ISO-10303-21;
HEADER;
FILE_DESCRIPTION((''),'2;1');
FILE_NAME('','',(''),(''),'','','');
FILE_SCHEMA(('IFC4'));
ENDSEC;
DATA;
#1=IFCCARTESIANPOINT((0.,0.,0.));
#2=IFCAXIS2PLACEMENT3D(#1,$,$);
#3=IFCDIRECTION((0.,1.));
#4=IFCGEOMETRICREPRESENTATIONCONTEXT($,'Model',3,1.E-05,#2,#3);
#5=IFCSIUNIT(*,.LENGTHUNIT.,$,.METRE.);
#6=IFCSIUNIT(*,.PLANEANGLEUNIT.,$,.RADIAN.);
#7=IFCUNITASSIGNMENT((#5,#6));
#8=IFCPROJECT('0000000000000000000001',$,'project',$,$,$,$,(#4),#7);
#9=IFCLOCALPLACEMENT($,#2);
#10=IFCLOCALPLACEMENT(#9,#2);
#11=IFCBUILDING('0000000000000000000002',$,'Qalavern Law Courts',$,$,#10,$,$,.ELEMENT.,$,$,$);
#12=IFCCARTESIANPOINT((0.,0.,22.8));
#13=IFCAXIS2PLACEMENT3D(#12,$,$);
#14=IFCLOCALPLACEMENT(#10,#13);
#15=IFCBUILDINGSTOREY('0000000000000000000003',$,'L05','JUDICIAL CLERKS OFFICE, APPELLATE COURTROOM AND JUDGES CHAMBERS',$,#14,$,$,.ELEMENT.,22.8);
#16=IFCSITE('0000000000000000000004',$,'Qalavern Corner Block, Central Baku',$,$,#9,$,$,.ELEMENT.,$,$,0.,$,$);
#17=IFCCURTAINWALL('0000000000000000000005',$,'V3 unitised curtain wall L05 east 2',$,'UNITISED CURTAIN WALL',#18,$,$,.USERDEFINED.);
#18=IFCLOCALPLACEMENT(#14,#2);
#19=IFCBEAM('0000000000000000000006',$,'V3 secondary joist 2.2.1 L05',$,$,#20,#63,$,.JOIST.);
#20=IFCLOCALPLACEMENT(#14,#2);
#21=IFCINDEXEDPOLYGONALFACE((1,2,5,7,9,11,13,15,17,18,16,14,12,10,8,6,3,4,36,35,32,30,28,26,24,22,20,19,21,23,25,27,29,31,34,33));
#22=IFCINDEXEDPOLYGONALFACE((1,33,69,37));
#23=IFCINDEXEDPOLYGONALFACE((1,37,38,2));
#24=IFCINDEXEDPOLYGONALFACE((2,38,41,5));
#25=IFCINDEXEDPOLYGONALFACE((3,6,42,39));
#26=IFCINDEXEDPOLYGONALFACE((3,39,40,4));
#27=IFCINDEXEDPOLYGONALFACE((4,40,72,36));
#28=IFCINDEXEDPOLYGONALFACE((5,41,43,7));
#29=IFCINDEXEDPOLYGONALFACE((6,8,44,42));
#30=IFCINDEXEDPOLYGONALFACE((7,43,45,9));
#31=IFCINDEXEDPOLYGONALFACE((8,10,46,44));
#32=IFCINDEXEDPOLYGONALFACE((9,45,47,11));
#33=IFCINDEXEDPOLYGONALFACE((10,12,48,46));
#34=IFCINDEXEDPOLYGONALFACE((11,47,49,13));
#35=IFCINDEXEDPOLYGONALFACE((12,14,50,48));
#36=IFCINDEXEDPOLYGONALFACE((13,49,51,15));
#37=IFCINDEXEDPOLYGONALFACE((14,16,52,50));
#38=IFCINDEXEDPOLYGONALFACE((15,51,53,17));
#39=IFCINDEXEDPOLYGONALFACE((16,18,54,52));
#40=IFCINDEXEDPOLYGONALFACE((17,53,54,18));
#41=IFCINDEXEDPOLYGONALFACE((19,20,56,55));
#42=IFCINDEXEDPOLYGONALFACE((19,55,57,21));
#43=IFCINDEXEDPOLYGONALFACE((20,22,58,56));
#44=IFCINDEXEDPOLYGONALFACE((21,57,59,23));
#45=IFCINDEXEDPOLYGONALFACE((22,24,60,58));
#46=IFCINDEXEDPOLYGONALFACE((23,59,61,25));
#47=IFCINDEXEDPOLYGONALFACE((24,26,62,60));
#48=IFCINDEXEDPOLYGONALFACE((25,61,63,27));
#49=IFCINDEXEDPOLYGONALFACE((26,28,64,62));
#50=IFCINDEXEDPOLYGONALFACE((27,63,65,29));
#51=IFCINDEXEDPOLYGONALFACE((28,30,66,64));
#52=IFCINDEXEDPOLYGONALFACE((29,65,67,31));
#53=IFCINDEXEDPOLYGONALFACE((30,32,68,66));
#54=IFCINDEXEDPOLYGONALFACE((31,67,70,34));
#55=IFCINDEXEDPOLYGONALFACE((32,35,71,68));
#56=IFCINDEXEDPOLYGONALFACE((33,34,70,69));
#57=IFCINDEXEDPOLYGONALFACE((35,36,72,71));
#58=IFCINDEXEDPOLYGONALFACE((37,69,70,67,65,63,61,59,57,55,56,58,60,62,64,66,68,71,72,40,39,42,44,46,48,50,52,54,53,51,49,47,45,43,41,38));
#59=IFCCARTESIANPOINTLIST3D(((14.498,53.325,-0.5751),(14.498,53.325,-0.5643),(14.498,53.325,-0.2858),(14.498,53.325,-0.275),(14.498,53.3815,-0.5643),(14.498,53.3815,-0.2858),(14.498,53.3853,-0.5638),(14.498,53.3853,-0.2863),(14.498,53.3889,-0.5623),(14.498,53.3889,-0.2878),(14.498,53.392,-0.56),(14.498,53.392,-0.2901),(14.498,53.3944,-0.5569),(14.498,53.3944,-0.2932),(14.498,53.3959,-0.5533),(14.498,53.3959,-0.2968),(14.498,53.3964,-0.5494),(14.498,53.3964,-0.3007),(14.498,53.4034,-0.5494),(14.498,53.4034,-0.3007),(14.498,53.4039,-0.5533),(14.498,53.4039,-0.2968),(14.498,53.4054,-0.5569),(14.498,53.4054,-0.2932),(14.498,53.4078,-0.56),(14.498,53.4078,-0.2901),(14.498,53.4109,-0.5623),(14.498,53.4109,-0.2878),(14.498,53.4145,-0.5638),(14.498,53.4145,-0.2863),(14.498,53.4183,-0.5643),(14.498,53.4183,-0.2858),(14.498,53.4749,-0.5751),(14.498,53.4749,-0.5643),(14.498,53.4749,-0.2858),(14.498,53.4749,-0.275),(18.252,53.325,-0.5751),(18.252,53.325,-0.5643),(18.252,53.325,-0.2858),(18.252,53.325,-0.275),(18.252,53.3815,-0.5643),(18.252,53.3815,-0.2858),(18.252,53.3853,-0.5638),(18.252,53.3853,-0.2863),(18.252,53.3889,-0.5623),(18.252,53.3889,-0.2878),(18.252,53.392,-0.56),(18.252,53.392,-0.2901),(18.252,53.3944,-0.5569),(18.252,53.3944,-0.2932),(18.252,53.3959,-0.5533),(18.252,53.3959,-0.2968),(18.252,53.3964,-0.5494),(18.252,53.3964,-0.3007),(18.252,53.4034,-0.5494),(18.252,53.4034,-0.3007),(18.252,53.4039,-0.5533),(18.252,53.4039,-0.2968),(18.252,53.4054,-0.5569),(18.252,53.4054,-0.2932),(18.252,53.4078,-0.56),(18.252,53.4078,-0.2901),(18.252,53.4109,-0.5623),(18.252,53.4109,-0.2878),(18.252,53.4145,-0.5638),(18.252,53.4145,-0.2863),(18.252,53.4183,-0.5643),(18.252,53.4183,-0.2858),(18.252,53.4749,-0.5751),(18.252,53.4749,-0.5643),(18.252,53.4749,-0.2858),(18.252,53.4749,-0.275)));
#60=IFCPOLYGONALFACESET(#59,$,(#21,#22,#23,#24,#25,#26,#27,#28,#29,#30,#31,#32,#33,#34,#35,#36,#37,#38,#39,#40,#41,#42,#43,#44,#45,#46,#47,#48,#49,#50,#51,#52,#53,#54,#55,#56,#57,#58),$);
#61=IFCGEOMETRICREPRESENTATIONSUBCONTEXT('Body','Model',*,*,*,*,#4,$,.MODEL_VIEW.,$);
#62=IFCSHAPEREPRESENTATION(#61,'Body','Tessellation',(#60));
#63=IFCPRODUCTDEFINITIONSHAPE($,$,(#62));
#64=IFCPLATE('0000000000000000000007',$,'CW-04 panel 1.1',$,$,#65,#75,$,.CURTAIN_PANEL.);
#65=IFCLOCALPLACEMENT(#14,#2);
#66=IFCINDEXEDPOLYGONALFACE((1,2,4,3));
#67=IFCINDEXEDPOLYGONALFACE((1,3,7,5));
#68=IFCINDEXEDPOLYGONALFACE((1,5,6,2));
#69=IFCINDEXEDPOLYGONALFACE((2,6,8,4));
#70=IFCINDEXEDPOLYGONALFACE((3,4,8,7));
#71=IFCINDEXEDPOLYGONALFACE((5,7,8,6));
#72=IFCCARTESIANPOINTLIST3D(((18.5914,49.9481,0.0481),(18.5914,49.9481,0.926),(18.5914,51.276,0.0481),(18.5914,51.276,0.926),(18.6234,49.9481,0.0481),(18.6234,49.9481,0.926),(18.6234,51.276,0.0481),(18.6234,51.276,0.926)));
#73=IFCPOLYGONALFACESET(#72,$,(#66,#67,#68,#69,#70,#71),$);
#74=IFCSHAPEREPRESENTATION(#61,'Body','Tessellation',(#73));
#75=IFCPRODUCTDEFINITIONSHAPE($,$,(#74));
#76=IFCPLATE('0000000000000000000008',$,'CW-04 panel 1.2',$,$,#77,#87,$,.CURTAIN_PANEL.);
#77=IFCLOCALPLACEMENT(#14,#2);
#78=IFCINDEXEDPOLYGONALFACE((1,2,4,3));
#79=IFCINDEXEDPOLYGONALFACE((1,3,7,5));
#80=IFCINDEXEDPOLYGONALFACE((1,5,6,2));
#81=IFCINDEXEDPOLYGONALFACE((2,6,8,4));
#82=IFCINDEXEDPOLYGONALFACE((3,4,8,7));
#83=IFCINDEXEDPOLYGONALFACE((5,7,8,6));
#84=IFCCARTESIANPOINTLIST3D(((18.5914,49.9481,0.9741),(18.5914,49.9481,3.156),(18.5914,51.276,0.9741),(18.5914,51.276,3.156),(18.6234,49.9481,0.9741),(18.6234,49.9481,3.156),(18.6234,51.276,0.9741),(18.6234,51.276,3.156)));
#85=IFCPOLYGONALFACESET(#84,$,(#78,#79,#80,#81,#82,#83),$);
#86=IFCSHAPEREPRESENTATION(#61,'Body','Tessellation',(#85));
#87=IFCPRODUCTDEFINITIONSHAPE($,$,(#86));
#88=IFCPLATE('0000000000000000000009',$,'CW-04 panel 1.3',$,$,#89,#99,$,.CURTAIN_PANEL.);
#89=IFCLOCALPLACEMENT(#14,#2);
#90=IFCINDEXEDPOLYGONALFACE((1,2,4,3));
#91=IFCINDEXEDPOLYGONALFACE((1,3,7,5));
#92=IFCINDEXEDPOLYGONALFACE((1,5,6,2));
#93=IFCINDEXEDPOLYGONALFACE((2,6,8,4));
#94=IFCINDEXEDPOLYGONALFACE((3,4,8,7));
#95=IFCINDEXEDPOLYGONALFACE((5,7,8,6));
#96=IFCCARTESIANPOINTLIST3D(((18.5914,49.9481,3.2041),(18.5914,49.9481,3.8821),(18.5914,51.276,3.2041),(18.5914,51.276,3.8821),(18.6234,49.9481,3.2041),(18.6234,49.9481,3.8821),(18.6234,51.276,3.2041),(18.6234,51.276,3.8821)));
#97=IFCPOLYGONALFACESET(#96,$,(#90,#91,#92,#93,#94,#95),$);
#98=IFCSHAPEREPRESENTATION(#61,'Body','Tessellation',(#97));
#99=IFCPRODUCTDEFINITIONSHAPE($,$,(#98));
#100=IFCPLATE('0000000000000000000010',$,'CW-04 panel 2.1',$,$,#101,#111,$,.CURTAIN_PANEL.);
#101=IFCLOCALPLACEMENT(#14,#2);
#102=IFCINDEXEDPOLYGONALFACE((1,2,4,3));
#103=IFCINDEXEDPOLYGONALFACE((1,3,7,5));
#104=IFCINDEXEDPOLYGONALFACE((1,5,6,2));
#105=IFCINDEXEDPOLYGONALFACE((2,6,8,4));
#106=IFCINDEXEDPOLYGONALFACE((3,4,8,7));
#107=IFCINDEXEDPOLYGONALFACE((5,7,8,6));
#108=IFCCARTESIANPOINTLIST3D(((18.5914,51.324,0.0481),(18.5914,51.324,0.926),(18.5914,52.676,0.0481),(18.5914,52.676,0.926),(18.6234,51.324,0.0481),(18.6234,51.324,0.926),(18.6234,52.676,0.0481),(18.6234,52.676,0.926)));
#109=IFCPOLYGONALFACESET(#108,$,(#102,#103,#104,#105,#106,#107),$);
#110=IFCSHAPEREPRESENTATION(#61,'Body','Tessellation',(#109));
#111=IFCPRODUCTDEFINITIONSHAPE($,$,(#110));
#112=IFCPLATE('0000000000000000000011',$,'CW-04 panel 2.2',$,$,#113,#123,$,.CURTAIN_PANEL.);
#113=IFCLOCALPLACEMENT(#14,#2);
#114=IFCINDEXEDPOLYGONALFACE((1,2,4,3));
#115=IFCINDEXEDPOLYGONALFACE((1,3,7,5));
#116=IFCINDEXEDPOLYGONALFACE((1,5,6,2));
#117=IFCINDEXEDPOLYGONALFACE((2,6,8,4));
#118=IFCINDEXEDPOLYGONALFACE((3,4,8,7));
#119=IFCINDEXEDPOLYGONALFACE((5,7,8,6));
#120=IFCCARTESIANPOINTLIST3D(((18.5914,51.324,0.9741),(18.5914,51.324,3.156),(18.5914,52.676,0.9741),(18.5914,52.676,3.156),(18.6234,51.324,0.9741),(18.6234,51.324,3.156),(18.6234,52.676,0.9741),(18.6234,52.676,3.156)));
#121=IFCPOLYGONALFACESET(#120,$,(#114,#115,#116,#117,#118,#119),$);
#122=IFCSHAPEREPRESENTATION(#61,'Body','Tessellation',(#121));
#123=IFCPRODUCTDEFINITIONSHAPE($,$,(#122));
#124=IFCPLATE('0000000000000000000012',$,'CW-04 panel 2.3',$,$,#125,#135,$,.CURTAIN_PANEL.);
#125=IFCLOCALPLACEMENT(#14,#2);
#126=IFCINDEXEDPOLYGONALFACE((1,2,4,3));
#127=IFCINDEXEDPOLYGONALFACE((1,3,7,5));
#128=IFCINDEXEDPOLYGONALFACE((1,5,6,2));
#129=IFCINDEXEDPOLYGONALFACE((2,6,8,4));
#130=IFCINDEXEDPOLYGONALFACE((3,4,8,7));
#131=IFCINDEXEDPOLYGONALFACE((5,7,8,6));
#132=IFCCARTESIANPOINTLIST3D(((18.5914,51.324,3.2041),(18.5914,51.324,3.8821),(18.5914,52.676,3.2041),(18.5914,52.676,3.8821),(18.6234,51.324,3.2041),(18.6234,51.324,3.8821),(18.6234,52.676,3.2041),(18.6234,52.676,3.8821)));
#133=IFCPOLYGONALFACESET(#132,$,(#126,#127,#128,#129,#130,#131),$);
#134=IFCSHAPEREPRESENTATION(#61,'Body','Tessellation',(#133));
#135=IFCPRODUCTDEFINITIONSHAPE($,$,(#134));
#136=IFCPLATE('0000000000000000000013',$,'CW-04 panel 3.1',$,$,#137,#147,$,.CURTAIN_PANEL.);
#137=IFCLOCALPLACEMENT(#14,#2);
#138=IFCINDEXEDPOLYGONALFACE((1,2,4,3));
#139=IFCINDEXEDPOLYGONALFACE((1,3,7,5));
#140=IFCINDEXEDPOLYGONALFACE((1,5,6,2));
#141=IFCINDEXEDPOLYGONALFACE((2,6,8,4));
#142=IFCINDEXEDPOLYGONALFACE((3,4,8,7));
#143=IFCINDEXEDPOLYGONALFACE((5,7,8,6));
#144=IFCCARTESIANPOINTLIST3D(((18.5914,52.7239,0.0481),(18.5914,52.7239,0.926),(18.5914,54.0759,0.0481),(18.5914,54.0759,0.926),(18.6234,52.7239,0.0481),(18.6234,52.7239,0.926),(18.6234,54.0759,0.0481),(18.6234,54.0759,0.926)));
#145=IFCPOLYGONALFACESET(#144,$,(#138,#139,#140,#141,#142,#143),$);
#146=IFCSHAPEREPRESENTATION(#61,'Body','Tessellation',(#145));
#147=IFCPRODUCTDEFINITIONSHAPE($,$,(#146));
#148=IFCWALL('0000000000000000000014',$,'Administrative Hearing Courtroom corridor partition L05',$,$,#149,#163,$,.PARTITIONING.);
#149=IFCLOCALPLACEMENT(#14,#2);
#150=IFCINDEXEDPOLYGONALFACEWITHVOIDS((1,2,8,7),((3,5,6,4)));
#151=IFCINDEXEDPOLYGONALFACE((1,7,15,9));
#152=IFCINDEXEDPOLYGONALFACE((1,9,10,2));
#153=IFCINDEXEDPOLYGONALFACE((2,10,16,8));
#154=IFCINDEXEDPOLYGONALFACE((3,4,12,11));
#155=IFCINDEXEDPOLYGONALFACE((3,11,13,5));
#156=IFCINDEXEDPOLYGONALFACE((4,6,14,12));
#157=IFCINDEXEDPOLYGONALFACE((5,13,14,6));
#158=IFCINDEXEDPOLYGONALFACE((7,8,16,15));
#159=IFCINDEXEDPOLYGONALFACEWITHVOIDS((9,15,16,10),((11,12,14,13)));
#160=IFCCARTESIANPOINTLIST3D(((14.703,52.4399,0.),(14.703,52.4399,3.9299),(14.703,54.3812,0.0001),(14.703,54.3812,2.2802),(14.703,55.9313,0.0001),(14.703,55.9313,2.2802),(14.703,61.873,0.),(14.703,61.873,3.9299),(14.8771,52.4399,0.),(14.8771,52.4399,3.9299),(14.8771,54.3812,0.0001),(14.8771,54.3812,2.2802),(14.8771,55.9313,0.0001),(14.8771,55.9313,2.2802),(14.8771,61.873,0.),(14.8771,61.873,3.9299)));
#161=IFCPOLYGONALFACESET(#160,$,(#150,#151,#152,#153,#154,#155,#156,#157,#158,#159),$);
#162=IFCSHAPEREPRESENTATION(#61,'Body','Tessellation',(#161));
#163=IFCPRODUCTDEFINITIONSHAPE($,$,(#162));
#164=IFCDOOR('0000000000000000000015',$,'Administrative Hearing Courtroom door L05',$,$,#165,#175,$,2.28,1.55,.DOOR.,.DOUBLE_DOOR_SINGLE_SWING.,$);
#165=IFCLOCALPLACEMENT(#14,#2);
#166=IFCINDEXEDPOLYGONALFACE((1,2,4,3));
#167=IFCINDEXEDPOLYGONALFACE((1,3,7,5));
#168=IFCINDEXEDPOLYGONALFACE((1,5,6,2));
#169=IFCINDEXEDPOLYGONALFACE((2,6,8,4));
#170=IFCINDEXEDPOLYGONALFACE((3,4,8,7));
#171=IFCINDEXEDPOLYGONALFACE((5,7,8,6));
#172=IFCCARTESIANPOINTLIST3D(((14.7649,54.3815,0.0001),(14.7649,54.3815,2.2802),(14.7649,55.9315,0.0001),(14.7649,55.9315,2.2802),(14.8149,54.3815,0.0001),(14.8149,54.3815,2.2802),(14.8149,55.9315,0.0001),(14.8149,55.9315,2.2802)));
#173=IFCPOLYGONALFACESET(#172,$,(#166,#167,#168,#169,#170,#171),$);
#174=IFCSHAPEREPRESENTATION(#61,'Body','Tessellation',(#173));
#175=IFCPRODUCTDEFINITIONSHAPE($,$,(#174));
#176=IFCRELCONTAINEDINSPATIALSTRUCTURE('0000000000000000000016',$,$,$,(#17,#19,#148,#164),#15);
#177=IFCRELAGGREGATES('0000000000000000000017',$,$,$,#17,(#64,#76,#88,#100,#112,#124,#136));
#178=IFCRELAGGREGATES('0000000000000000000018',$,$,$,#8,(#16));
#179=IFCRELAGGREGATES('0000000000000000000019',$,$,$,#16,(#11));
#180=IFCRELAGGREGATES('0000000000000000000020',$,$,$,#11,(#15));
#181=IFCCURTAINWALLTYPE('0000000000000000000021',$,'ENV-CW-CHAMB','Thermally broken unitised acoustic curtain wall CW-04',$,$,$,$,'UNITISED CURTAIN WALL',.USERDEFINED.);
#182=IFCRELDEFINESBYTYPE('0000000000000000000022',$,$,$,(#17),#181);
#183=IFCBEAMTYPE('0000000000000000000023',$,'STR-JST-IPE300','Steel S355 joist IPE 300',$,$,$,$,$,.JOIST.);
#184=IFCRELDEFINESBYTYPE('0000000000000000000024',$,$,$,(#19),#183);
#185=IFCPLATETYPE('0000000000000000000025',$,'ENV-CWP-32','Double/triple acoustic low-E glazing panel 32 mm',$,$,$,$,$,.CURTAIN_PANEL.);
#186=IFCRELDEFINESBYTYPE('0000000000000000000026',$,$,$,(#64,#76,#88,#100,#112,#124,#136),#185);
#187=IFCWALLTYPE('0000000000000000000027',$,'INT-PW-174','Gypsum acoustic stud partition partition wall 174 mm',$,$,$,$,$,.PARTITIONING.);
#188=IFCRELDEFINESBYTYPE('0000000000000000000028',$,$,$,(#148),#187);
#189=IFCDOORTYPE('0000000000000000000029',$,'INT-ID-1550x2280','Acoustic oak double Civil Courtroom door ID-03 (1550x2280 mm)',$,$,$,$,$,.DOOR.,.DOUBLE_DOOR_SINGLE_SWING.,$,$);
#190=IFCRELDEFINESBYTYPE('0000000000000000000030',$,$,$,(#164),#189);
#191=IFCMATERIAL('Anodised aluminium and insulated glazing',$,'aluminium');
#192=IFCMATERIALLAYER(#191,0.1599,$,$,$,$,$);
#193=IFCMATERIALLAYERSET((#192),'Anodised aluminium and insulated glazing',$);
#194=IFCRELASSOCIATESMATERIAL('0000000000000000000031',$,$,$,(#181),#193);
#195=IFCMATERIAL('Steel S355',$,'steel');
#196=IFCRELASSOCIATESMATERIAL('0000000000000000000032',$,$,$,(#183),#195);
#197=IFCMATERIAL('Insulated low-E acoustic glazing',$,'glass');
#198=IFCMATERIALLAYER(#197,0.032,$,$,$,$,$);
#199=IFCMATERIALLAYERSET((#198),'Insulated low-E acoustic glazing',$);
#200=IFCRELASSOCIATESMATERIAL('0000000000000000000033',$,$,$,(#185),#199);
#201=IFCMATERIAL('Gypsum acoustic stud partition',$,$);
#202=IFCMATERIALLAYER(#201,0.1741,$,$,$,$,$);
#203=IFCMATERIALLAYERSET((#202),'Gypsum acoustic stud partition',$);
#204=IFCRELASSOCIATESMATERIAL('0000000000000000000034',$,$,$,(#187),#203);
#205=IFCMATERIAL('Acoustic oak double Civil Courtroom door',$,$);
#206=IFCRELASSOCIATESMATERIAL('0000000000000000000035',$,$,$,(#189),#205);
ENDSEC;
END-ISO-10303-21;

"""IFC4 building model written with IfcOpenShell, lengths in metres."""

from ifc_helpers import new_model, si_unit, direction, frame, frame_2d, origin, origin_2d, place, context, subcontext, project, spatial, rectangle, i_section, extrude, material, layer, layer_set, material_profile, profile_set, type_object, element, fill, aggregate, save


model = new_model("IFC4")

# Units and contexts
model_context = context("Model", 3, precision=1e-05, world=origin(), true_north=direction((0.0, 1.0)))
body_context = subcontext(model_context, "Body", "Model", "MODEL_VIEW")
ifc_project = project(units=[si_unit("LENGTHUNIT", "METRE"), si_unit("PLANEANGLEUNIT", "RADIAN")], contexts=[model_context])

# Site, building, storey
site_placement = place(None, origin())
site = spatial("IfcSite", under=ifc_project, at=site_placement, Name="Qalavern Corner Block, Central Baku", CompositionType="ELEMENT", RefElevation=0.0)
building_placement = place(site_placement, origin())
building = spatial("IfcBuilding", under=site, at=building_placement, Name="Qalavern Law Courts", CompositionType="ELEMENT")
storey_placement = place(building_placement, frame((0.0, 0.0, 22.8)))
storey = spatial("IfcBuildingStorey", under=building, at=storey_placement, Name="L05", Description="JUDICIAL CLERKS OFFICE, APPELLATE COURTROOM AND JUDGES CHAMBERS", CompositionType="ELEMENT", Elevation=22.8)

# Curtain wall
ifc_material_1 = material(Name="Anodised aluminium and insulated glazing", Category="aluminium")
ifc_layer_1 = layer(ifc_material_1, 0.1599)
ifc_layer_set_1 = layer_set([ifc_layer_1], Name="Anodised aluminium and insulated glazing")
curtain_wall_type = type_object("IfcCurtainWallType", Name="ENV-CW-CHAMB", Description="Thermally broken unitised acoustic curtain wall CW-04", ElementType="UNITISED CURTAIN WALL", PredefinedType="USERDEFINED", material=ifc_layer_set_1)
curtain_wall_placement = place(storey_placement, origin())
curtain_wall = element("IfcCurtainWall", 1, at=curtain_wall_placement, inside=storey, type_object=curtain_wall_type, Name="V3 unitised curtain wall L05 east 2", ObjectType="UNITISED CURTAIN WALL", PredefinedType="USERDEFINED")

# Beam
ifc_material_2 = material(Name="Steel S355", Category="steel")
ifc_material_profile_1 = material_profile(ifc_material_2, i_section(OverallWidth=0.1499, OverallDepth=0.3, WebThickness=0.0071, FlangeThickness=0.0107, FilletRadius=0.0149, at=origin_2d()), Name="IPE 300")
ifc_profile_set_1 = profile_set([ifc_material_profile_1], Name="Steel S355")
beam_type = type_object("IfcBeamType", Name="STR-JST-IPE300", Description="Steel S355 joist IPE 300", PredefinedType="JOIST", material=ifc_profile_set_1)
beam_placement = place(storey_placement, frame((14.498, 53.3999, -0.425), z_axis=(1.0, 0.0, 0.0), x_axis=(0.0, 1.0, 0.0)))
element("IfcBeam", 2, at=beam_placement, inside=storey, type_object=beam_type, Name="V3 secondary joist 2.2.1 L05", PredefinedType="JOIST", context=body_context, shape_type="SweptSolid", body=[
    extrude(i_section(OverallWidth=0.1499, OverallDepth=0.3, WebThickness=0.0071, FlangeThickness=0.0107, FilletRadius=0.0149, at=origin_2d()), origin(), (0.0, 0.0, 1.0), 3.7539),
])

# Plates
ifc_material_3 = material(Name="Insulated low-E acoustic glazing", Category="glass")
ifc_layer_2 = layer(ifc_material_3, 0.032)
ifc_layer_set_2 = layer_set([ifc_layer_2], Name="Insulated low-E acoustic glazing")
plate_type = type_object("IfcPlateType", Name="ENV-CWP-32", Description="Double/triple acoustic low-E glazing panel 32 mm", PredefinedType="CURTAIN_PANEL", material=ifc_layer_set_2)
plate_1_placement = place(storey_placement, frame((18.6074, 50.6121, 0.0481), z_axis=(0.0, 0.0, 1.0), x_axis=(0.0, 1.0, 0.0)))
plate_1 = element("IfcPlate", 3, at=plate_1_placement, type_object=plate_type, Name="CW-04 panel 1.1", PredefinedType="CURTAIN_PANEL", context=body_context, shape_type="SweptSolid", body=[
    extrude(rectangle(XDim=1.3279, YDim=0.032, at=origin_2d()), origin(), (0.0, 0.0, 1.0), 0.8779),
])
plate_2_placement = place(storey_placement, frame((18.6074, 50.6121, 0.9741), z_axis=(0.0, 0.0, 1.0), x_axis=(0.0, 1.0, 0.0)))
plate_2 = element("IfcPlate", 4, at=plate_2_placement, type_object=plate_type, Name="CW-04 panel 1.2", PredefinedType="CURTAIN_PANEL", context=body_context, shape_type="SweptSolid", body=[
    extrude(rectangle(XDim=1.3279, YDim=0.032, at=origin_2d()), origin(), (0.0, 0.0, 1.0), 2.1819),
])
plate_3_placement = place(storey_placement, frame((18.6074, 50.6121, 3.2041), z_axis=(0.0, 0.0, 1.0), x_axis=(0.0, 1.0, 0.0)))
plate_3 = element("IfcPlate", 5, at=plate_3_placement, type_object=plate_type, Name="CW-04 panel 1.3", PredefinedType="CURTAIN_PANEL", context=body_context, shape_type="SweptSolid", body=[
    extrude(rectangle(XDim=1.3279, YDim=0.032, at=origin_2d()), origin(), (0.0, 0.0, 1.0), 0.678),
])
plate_4_placement = place(storey_placement, frame((18.6074, 52.0, 0.0481), z_axis=(0.0, 0.0, 1.0), x_axis=(0.0, 1.0, 0.0)))
plate_4 = element("IfcPlate", 6, at=plate_4_placement, type_object=plate_type, Name="CW-04 panel 2.1", PredefinedType="CURTAIN_PANEL", context=body_context, shape_type="SweptSolid", body=[
    extrude(rectangle(XDim=1.3521, YDim=0.032, at=origin_2d()), origin(), (0.0, 0.0, 1.0), 0.8779),
])
plate_5_placement = place(storey_placement, frame((18.6074, 52.0, 0.9741), z_axis=(0.0, 0.0, 1.0), x_axis=(0.0, 1.0, 0.0)))
plate_5 = element("IfcPlate", 7, at=plate_5_placement, type_object=plate_type, Name="CW-04 panel 2.2", PredefinedType="CURTAIN_PANEL", context=body_context, shape_type="SweptSolid", body=[
    extrude(rectangle(XDim=1.3521, YDim=0.032, at=origin_2d()), origin(), (0.0, 0.0, 1.0), 2.1819),
])
plate_6_placement = place(storey_placement, frame((18.6074, 52.0, 3.2041), z_axis=(0.0, 0.0, 1.0), x_axis=(0.0, 1.0, 0.0)))
plate_6 = element("IfcPlate", 8, at=plate_6_placement, type_object=plate_type, Name="CW-04 panel 2.3", PredefinedType="CURTAIN_PANEL", context=body_context, shape_type="SweptSolid", body=[
    extrude(rectangle(XDim=1.3521, YDim=0.032, at=origin_2d()), origin(), (0.0, 0.0, 1.0), 0.678),
])
plate_7_placement = place(storey_placement, frame((18.6074, 53.3999, 0.0481), z_axis=(0.0, 0.0, 1.0), x_axis=(0.0, 1.0, 0.0)))
plate_7 = element("IfcPlate", 9, at=plate_7_placement, type_object=plate_type, Name="CW-04 panel 3.1", PredefinedType="CURTAIN_PANEL", context=body_context, shape_type="SweptSolid", body=[
    extrude(rectangle(XDim=1.3521, YDim=0.032, at=origin_2d()), origin(), (0.0, 0.0, 1.0), 0.8779),
])
aggregate(curtain_wall, [plate_1, plate_2, plate_3, plate_4, plate_5, plate_6, plate_7])

# Wall, opening, door
ifc_material_4 = material(Name="Gypsum acoustic stud partition")
ifc_layer_3 = layer(ifc_material_4, 0.1741)
ifc_layer_set_3 = layer_set([ifc_layer_3], Name="Gypsum acoustic stud partition")
wall_type = type_object("IfcWallType", Name="INT-PW-174", Description="Gypsum acoustic stud partition partition wall 174 mm", PredefinedType="PARTITIONING", material=ifc_layer_set_3)
wall_placement = place(storey_placement, frame((14.79, 52.4399, 0.0), z_axis=(0.0, 0.0, 1.0), x_axis=(0.0, 1.0, 0.0)))
wall = element("IfcWall", 10, at=wall_placement, inside=storey, type_object=wall_type, Name="Administrative Hearing Courtroom corridor partition L05", PredefinedType="PARTITIONING", context=body_context, shape_type="SweptSolid", body=[
    extrude(rectangle(XDim=9.4331, YDim=0.1741, at=frame_2d((4.7166, 0.0))), origin(), (0.0, 0.0, 1.0), 3.9299),
])
opening_placement = place(wall_placement, frame((1.9414, 0.0, 0.0)))
opening = element("IfcOpeningElement", 11, at=opening_placement, cuts=wall, PredefinedType="OPENING", context=body_context, shape_type="SweptSolid", body=[
    extrude(rectangle(XDim=1.55, YDim=2.28, at=frame_2d((0.7749, 1.1401))), frame((0.0, 0.1021, 0.0), z_axis=(0.0, -1.0, 0.0), x_axis=(1.0, 0.0, 0.0)), (0.0, 0.0, 1.0), 0.2039),
])
ifc_material_5 = material(Name="Acoustic oak double Civil Courtroom door")
door_type = type_object("IfcDoorType", Name="INT-ID-1550x2280", Description="Acoustic oak double Civil Courtroom door ID-03 (1550x2280 mm)", OperationType="DOUBLE_DOOR_SINGLE_SWING", PredefinedType="DOOR", material=ifc_material_5)
door_placement = place(opening_placement, frame((1.55, 0.0, 0.0), z_axis=(0.0, 0.0, 1.0), x_axis=(-1.0, 0.0, 0.0)))
door = element("IfcDoor", 12, at=door_placement, inside=storey, type_object=door_type, Name="Administrative Hearing Courtroom door L05", OperationType="DOUBLE_DOOR_SINGLE_SWING", OverallHeight=2.28, OverallWidth=1.55, PredefinedType="DOOR", context=body_context, shape_type="SweptSolid", body=[
    extrude(rectangle(XDim=1.55, YDim=2.28, at=frame_2d((0.7749, 1.1401))), frame((0.0, 0.0249, 0.0), z_axis=(0.0, -1.0, 0.0), x_axis=(1.0, 0.0, 0.0)), (0.0, 0.0, 1.0), 0.05),
])
fill(opening, door)

save(model, "model.ifc")
